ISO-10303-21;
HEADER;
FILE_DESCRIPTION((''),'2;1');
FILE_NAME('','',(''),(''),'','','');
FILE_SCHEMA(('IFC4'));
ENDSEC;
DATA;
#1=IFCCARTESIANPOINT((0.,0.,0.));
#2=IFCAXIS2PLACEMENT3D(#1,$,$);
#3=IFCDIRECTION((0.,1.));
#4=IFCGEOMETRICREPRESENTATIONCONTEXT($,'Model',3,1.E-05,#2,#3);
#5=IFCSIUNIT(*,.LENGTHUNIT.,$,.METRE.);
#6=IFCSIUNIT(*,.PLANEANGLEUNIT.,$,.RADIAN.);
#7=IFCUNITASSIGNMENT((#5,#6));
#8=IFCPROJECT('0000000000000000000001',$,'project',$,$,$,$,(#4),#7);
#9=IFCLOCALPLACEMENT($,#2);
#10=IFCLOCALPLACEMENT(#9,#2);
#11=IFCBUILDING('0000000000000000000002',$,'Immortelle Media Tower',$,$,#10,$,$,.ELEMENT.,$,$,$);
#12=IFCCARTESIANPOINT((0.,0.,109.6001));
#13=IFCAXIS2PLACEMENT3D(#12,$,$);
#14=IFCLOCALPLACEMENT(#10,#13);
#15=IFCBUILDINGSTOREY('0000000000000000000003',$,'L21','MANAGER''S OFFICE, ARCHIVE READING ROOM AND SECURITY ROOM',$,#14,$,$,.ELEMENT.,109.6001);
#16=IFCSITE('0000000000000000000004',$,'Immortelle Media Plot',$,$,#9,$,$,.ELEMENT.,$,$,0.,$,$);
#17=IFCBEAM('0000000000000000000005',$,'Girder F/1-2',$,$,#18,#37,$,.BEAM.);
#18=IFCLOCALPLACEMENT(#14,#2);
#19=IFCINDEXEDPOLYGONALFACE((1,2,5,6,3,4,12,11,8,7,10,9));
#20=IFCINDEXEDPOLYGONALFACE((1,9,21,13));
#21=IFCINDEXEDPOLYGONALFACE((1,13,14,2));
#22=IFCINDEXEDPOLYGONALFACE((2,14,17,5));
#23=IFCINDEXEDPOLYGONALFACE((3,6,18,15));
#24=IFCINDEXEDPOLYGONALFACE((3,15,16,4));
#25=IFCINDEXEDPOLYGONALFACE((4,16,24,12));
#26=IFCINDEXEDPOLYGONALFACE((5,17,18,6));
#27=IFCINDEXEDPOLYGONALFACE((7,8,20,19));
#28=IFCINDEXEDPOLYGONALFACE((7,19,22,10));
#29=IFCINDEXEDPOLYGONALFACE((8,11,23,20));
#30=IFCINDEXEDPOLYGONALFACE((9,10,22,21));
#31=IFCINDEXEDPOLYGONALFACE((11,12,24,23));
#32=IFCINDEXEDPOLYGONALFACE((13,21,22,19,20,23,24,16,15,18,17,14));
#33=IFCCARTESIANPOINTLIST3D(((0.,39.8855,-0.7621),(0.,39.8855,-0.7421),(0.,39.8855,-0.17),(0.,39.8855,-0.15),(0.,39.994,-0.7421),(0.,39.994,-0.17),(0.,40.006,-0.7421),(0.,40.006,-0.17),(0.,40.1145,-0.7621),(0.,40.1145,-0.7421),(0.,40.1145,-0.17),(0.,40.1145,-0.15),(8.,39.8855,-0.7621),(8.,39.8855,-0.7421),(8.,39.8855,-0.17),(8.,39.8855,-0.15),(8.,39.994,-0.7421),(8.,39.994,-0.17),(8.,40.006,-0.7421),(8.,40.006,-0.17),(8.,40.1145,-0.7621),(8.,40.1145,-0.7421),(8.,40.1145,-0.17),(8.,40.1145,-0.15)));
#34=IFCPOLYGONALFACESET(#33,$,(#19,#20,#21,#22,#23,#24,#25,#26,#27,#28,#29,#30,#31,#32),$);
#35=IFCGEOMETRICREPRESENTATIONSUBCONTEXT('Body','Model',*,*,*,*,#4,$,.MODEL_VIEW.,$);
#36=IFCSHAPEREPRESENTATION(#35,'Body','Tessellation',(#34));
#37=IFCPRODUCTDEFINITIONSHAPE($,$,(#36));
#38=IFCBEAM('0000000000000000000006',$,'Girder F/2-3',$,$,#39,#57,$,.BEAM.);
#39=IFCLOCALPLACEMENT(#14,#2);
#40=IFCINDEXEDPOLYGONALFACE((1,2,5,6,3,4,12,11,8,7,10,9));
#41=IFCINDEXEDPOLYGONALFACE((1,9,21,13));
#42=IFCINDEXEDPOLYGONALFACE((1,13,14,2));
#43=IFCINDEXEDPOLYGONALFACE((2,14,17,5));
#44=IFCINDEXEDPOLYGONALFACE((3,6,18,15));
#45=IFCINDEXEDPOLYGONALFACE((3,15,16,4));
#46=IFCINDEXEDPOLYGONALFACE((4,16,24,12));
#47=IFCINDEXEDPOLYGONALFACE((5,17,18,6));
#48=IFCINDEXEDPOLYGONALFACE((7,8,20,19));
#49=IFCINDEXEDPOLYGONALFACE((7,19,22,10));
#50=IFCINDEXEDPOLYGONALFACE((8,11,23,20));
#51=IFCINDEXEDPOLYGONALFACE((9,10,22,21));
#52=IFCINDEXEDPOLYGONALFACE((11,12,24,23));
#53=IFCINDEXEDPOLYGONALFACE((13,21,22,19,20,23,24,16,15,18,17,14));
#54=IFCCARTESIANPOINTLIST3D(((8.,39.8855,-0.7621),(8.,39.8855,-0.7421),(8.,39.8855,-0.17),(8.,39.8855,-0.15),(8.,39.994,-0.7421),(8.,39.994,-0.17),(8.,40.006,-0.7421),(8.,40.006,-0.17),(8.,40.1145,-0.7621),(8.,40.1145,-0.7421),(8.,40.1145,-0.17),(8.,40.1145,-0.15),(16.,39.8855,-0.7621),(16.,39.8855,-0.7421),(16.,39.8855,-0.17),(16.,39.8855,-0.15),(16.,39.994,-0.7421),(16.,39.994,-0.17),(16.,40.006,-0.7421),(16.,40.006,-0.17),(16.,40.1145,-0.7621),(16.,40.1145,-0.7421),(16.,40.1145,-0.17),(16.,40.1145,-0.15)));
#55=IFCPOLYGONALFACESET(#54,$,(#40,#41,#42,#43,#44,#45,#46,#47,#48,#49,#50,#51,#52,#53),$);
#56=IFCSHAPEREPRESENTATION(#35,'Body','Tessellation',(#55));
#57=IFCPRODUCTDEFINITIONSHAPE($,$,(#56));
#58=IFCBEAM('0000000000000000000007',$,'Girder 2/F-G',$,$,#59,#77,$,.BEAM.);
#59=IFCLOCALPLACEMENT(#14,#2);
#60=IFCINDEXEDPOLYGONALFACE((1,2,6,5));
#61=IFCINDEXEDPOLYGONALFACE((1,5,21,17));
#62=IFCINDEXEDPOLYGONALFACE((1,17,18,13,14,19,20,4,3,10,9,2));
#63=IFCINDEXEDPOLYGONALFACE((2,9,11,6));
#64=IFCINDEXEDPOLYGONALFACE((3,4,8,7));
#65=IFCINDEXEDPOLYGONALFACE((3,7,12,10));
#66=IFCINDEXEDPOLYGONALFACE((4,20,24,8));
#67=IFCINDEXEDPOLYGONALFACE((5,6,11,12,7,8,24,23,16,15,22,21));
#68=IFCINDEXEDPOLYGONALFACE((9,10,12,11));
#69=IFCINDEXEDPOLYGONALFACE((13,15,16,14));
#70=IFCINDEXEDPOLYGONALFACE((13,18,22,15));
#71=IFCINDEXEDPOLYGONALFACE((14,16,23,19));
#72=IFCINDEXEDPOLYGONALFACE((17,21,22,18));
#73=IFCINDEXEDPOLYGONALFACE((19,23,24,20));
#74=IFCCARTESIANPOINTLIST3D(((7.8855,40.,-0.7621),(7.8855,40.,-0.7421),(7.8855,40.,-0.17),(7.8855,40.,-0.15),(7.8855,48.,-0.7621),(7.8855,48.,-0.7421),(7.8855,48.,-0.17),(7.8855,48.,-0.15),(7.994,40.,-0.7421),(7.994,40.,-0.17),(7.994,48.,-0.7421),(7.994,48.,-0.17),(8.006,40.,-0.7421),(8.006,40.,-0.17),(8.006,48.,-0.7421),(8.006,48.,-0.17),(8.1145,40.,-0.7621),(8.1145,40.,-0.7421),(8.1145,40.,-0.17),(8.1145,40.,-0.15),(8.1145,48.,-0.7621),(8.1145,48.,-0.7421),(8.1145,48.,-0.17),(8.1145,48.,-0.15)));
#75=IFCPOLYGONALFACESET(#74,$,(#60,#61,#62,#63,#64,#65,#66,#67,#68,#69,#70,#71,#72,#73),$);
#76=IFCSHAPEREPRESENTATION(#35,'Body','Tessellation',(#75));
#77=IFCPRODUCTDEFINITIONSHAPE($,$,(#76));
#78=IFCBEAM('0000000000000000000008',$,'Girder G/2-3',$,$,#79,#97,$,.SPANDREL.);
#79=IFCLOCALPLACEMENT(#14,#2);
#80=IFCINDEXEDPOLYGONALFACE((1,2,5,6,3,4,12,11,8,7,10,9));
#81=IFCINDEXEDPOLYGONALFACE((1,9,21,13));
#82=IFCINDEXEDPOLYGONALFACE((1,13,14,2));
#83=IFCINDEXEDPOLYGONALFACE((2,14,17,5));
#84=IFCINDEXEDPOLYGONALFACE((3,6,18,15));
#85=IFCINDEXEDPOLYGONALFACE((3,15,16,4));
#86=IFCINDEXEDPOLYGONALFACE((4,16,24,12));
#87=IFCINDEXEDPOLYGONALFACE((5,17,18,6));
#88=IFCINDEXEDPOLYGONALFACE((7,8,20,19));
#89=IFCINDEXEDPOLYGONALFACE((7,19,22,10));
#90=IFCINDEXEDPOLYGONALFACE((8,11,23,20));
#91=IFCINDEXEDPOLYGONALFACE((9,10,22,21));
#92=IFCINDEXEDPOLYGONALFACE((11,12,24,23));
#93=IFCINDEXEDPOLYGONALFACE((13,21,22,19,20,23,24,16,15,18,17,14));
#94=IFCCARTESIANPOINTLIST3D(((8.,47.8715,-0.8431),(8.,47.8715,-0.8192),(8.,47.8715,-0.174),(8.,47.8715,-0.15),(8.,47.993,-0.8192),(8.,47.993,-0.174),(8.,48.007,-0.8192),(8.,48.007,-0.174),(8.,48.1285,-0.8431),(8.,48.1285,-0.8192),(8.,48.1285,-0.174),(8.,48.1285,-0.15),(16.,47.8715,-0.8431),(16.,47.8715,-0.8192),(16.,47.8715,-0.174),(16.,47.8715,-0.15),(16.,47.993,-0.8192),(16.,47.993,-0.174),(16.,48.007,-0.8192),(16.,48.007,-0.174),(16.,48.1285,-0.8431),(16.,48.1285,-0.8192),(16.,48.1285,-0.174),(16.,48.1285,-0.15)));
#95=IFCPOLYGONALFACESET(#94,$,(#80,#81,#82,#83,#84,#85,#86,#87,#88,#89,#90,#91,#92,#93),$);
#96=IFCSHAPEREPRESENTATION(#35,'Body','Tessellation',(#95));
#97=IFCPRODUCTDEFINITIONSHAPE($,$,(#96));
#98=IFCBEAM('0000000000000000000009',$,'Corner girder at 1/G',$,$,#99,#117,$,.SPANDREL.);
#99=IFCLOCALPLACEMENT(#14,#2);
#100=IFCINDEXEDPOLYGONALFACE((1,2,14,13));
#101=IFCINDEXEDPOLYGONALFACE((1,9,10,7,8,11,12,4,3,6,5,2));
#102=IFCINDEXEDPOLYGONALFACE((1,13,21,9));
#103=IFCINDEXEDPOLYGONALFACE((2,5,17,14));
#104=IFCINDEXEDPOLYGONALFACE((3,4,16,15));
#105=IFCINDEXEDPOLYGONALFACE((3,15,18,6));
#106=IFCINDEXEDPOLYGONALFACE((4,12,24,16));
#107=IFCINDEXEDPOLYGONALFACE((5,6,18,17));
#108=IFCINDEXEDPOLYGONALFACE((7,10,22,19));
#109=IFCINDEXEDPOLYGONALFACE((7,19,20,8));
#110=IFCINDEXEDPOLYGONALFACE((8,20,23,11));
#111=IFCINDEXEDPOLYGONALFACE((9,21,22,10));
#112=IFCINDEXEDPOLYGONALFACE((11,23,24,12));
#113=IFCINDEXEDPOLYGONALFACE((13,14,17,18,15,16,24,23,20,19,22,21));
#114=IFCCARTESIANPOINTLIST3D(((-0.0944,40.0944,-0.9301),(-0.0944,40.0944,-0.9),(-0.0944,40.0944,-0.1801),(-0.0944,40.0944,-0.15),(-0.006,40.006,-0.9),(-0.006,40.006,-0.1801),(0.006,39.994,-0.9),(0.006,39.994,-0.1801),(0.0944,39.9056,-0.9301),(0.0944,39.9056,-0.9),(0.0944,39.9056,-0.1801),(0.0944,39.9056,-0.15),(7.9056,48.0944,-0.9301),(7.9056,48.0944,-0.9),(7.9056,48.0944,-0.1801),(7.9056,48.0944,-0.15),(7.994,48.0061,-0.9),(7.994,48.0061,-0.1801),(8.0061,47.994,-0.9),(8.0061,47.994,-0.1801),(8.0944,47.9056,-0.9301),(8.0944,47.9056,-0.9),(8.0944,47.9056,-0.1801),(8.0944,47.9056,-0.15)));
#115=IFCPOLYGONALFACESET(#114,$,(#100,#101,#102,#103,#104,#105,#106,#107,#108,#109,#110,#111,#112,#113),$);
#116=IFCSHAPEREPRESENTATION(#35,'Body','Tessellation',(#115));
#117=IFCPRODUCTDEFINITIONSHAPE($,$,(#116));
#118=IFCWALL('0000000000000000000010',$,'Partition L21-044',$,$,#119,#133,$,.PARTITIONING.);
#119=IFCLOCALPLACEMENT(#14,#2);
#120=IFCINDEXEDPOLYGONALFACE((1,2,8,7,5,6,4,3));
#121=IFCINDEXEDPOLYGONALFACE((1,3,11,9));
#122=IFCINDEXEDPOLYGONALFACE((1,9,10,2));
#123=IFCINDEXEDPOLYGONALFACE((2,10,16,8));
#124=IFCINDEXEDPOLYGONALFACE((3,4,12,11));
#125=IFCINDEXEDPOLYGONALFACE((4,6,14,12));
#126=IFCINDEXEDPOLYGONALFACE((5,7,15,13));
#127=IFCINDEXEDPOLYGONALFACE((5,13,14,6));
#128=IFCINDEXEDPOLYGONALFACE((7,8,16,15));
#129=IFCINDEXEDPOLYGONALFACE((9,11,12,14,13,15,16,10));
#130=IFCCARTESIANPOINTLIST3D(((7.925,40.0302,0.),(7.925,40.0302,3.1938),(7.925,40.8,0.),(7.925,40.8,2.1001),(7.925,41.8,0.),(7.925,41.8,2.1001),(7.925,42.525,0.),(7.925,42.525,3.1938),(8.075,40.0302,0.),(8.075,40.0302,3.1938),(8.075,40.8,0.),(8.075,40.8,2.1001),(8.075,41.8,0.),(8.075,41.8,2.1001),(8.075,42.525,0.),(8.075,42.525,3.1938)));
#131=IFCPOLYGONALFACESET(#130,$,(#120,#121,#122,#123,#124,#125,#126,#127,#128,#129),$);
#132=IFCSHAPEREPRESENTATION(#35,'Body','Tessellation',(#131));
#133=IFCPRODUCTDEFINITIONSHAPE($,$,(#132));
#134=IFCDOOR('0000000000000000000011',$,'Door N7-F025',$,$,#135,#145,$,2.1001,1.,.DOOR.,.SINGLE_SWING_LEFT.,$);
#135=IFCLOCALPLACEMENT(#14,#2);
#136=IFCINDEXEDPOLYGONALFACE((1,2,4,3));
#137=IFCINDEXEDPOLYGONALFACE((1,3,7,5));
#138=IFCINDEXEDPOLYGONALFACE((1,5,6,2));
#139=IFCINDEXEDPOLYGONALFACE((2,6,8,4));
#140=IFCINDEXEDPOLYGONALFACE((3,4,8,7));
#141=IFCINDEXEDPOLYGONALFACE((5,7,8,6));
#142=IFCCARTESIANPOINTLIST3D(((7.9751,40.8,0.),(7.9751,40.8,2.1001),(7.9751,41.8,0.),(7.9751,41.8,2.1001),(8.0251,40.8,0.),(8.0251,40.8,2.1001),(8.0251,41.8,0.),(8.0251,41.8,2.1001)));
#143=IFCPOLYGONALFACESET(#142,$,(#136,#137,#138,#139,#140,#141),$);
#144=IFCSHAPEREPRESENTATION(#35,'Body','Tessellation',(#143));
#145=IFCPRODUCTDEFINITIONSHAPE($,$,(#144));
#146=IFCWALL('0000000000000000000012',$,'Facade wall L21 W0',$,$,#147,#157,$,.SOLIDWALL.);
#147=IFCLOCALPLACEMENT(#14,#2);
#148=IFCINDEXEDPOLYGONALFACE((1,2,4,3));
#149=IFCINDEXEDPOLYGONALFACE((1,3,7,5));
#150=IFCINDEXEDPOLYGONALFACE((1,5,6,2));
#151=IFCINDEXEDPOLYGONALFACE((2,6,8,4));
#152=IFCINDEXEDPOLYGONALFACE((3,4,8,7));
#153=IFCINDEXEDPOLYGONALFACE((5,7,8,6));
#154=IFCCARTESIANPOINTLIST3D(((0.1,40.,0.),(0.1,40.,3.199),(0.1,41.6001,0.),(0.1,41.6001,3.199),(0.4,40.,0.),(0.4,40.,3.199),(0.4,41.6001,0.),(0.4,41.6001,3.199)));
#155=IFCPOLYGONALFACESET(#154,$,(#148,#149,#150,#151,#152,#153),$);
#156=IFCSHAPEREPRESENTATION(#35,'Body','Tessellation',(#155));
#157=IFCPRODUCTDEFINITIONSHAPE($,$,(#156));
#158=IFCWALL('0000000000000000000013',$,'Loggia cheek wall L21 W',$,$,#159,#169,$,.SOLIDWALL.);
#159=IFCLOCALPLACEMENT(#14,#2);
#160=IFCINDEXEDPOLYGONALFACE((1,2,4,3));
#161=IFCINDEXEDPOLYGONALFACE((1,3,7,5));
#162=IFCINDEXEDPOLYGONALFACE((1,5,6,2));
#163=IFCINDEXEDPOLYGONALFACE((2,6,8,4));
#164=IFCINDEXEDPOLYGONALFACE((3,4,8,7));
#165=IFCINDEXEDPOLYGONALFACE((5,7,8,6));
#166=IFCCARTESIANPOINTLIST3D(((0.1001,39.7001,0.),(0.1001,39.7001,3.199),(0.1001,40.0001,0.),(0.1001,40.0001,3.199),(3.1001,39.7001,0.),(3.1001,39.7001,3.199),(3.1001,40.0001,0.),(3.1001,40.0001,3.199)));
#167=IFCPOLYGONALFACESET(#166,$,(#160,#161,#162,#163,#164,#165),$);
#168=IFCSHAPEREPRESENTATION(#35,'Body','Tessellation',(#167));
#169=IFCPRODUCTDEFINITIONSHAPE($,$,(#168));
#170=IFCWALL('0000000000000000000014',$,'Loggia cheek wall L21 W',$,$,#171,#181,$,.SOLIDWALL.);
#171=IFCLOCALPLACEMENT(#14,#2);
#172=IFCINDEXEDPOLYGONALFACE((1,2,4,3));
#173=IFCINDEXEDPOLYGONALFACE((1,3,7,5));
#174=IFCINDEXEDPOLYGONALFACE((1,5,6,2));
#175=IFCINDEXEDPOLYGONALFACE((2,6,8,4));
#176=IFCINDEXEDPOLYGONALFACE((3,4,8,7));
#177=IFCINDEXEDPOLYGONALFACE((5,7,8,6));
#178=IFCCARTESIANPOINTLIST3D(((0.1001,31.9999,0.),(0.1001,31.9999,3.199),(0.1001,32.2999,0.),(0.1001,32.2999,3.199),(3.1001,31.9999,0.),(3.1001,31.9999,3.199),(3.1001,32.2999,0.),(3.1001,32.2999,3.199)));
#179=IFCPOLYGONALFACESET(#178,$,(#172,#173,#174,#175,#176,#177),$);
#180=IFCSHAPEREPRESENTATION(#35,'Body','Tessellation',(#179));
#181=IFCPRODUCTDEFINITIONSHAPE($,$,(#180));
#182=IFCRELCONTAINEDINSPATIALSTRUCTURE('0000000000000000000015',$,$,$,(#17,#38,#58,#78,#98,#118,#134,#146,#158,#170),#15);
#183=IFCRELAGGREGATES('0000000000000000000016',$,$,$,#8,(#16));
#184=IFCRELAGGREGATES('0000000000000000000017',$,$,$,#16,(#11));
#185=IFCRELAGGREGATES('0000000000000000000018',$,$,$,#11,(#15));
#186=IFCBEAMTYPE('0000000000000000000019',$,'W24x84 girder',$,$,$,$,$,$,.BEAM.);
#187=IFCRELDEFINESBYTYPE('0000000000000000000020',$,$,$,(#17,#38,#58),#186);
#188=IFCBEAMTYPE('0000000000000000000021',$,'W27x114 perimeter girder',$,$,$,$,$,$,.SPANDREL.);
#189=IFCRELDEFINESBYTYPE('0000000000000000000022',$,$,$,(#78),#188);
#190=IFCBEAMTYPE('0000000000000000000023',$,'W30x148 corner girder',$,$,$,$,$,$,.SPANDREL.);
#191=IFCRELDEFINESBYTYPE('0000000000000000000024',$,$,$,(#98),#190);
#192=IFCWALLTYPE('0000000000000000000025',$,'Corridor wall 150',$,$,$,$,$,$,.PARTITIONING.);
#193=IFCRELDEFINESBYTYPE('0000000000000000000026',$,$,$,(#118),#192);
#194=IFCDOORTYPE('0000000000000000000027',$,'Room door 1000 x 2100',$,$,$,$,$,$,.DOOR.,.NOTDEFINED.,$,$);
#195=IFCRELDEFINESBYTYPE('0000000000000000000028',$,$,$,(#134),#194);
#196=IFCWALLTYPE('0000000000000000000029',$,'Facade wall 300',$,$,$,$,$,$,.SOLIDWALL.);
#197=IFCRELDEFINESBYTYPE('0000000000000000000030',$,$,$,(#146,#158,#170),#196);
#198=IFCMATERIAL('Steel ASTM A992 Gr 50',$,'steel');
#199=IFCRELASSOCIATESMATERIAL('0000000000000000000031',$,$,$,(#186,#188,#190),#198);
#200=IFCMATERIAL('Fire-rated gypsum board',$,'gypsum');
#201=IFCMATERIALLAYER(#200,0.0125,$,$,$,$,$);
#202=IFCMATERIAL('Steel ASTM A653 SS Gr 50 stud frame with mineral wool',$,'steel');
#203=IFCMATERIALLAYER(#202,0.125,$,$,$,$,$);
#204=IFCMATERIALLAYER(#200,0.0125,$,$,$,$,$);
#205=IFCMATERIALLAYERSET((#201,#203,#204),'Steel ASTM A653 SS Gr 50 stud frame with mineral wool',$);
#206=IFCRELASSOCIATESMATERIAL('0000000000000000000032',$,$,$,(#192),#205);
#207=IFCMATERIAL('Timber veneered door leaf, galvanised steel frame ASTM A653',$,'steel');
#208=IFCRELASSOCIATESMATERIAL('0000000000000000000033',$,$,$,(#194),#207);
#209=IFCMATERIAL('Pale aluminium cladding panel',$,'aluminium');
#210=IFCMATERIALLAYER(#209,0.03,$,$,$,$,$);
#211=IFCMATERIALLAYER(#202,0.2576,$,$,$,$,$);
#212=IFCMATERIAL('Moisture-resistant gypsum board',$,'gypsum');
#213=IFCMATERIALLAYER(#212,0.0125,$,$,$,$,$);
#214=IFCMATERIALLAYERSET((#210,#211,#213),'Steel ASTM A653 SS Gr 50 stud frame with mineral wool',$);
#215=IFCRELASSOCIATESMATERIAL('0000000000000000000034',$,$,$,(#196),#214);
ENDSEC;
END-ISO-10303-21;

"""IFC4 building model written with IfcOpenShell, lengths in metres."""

from ifc_helpers import new_model, si_unit, direction, frame, frame_2d, origin, origin_2d, place, context, subcontext, project, spatial, rectangle, i_section, extrude, material, layer, layer_set, material_profile, profile_set, type_object, element, fill, save


model = new_model("IFC4")

# Units and contexts
model_context = context("Model", 3, precision=1e-05, world=origin(), true_north=direction((0.0, 1.0)))
body_context = subcontext(model_context, "Body", "Model", "MODEL_VIEW")
ifc_project = project(units=[si_unit("LENGTHUNIT", "METRE"), si_unit("PLANEANGLEUNIT", "RADIAN")], contexts=[model_context])

# Site, building, storey
site_placement = place(None, origin())
site = spatial("IfcSite", under=ifc_project, at=site_placement, Name="Immortelle Media Plot", CompositionType="ELEMENT", RefElevation=0.0)
building_placement = place(site_placement, origin())
building = spatial("IfcBuilding", under=site, at=building_placement, Name="Immortelle Media Tower", CompositionType="ELEMENT")
storey_placement = place(building_placement, frame((0.0, 0.0, 109.6001)))
storey = spatial("IfcBuildingStorey", under=building, at=storey_placement, Name="L21", Description="MANAGER'S OFFICE, ARCHIVE READING ROOM AND SECURITY ROOM", CompositionType="ELEMENT", Elevation=109.6001)

# Shared definitions
ifc_material_1 = material(Name="Steel ASTM A992 Gr 50", Category="steel")

# Beams
ifc_material_profile_1 = material_profile(ifc_material_1, i_section(OverallWidth=0.229, OverallDepth=0.6121, WebThickness=0.012, FlangeThickness=0.02, at=origin_2d()), Name="W24x84")
ifc_profile_set_1 = profile_set([ifc_material_profile_1], Name="Steel ASTM A992 Gr 50")
beam_type_1 = type_object("IfcBeamType", Name="W24x84 girder", PredefinedType="BEAM", material=ifc_profile_set_1)
for number, where, z_axis, x_axis, name in (
    (1, (0.0, 40.0, -0.4561), (1.0, 0.0, 0.0), (0.0, 1.0, 0.0), "Girder F/1-2"),
    (2, (8.0, 40.0, -0.4561), (1.0, 0.0, 0.0), (0.0, 1.0, 0.0), "Girder F/2-3"),
    (3, (8.0, 40.0, -0.4561), (0.0, 1.0, 0.0), (-1.0, 0.0, 0.0), "Girder 2/F-G"),
):
    element("IfcBeam", number, at=place(storey_placement, frame(where, z_axis=z_axis, x_axis=x_axis)), inside=storey, type_object=beam_type_1, Name=name, PredefinedType="BEAM", context=body_context, shape_type="SweptSolid", body=[
        extrude(i_section(OverallWidth=0.229, OverallDepth=0.6121, WebThickness=0.012, FlangeThickness=0.02, at=origin_2d()), origin(), (0.0, 0.0, 1.0), 8.0),
    ])
ifc_material_profile_2 = material_profile(ifc_material_1, i_section(OverallWidth=0.2571, OverallDepth=0.6931, WebThickness=0.0139, FlangeThickness=0.0239, at=origin_2d()), Name="W27x114")
ifc_profile_set_2 = profile_set([ifc_material_profile_2], Name="Steel ASTM A992 Gr 50")
beam_type_2 = type_object("IfcBeamType", Name="W27x114 perimeter girder", PredefinedType="SPANDREL", material=ifc_profile_set_2)
beam_1_placement = place(storey_placement, frame((8.0, 48.0, -0.4966), z_axis=(1.0, 0.0, 0.0), x_axis=(0.0, 1.0, 0.0)))
element("IfcBeam", 4, at=beam_1_placement, inside=storey, type_object=beam_type_2, Name="Girder G/2-3", PredefinedType="SPANDREL", context=body_context, shape_type="SweptSolid", body=[
    extrude(i_section(OverallWidth=0.2571, OverallDepth=0.6931, WebThickness=0.0139, FlangeThickness=0.0239, at=origin_2d()), origin(), (0.0, 0.0, 1.0), 8.0),
])
ifc_material_profile_3 = material_profile(ifc_material_1, i_section(OverallWidth=0.2671, OverallDepth=0.78, WebThickness=0.0171, FlangeThickness=0.03, at=origin_2d()), Name="W30x148")
ifc_profile_set_3 = profile_set([ifc_material_profile_3], Name="Steel ASTM A992 Gr 50")
beam_type_3 = type_object("IfcBeamType", Name="W30x148 corner girder", PredefinedType="SPANDREL", material=ifc_profile_set_3)
beam_2_placement = place(storey_placement, frame((0.0, 40.0, -0.54), z_axis=(0.707107, 0.707107, 0.0), x_axis=(-0.707107, 0.707107, 0.0)))
element("IfcBeam", 5, at=beam_2_placement, inside=storey, type_object=beam_type_3, Name="Corner girder at 1/G", PredefinedType="SPANDREL", context=body_context, shape_type="SweptSolid", body=[
    extrude(i_section(OverallWidth=0.2671, OverallDepth=0.78, WebThickness=0.0171, FlangeThickness=0.03, at=origin_2d()), origin(), (0.0, 0.0, 1.0), 11.3137),
])

# Wall, opening, door
ifc_material_2 = material(Name="Fire-rated gypsum board", Category="gypsum")
ifc_layer_1 = layer(ifc_material_2, 0.0125)
ifc_material_3 = material(Name="Steel ASTM A653 SS Gr 50 stud frame with mineral wool", Category="steel")
ifc_layer_2 = layer(ifc_material_3, 0.125)
ifc_layer_3 = layer(ifc_material_2, 0.0125)
ifc_layer_set_1 = layer_set([ifc_layer_1, ifc_layer_2, ifc_layer_3], Name="Steel ASTM A653 SS Gr 50 stud frame with mineral wool")
wall_type_1 = type_object("IfcWallType", Name="Corridor wall 150", PredefinedType="PARTITIONING", material=ifc_layer_set_1)
wall_1_placement = place(storey_placement, frame((8.0, 40.03, 0.0), z_axis=(0.0, 0.0, 1.0), x_axis=(0.0, 1.0, 0.0)))
wall_1 = element("IfcWall", 6, at=wall_1_placement, inside=storey, type_object=wall_type_1, Name="Partition L21-044", PredefinedType="PARTITIONING", context=body_context, shape_type="SweptSolid", body=[
    extrude(rectangle(XDim=2.4949, YDim=0.1499, at=frame_2d((1.2476, 0.0))), origin(), (0.0, 0.0, 1.0), 3.1938),
])
opening_1_placement = place(wall_1_placement, frame((0.77, 0.0, 0.0)))
opening_1 = element("IfcOpeningElement", 7, at=opening_1_placement, cuts=wall_1, PredefinedType="OPENING", context=body_context, shape_type="SweptSolid", body=[
    extrude(rectangle(XDim=1.0, YDim=2.1001, at=frame_2d((0.5, 1.05))), frame((0.0, 0.085, 0.0), z_axis=(0.0, -1.0, 0.0), x_axis=(1.0, 0.0, 0.0)), (0.0, 0.0, 1.0), 0.1699),
])
ifc_material_4 = material(Name="Timber veneered door leaf, galvanised steel frame ASTM A653", Category="steel")
door_type_1 = type_object("IfcDoorType", Name="Room door 1000 x 2100", OperationType="NOTDEFINED", PredefinedType="DOOR", material=ifc_material_4)
door_1_placement = place(opening_1_placement, origin())
door_1 = element("IfcDoor", 8, at=door_1_placement, inside=storey, type_object=door_type_1, Name="Door N7-F025", OperationType="SINGLE_SWING_LEFT", OverallHeight=2.1001, OverallWidth=1.0, PredefinedType="DOOR", context=body_context, shape_type="SweptSolid", body=[
    extrude(rectangle(XDim=1.0, YDim=2.1001, at=frame_2d((0.5, 1.05))), frame((0.0, 0.0249, 0.0), z_axis=(0.0, -1.0, 0.0), x_axis=(1.0, 0.0, 0.0)), (0.0, 0.0, 1.0), 0.05),
])
fill(opening_1, door_1)

# Wall
ifc_material_5 = material(Name="Pale aluminium cladding panel", Category="aluminium")
ifc_layer_4 = layer(ifc_material_5, 0.03)
ifc_layer_5 = layer(ifc_material_3, 0.2576)
ifc_material_6 = material(Name="Moisture-resistant gypsum board", Category="gypsum")
ifc_layer_6 = layer(ifc_material_6, 0.0125)
ifc_layer_set_2 = layer_set([ifc_layer_4, ifc_layer_5, ifc_layer_6], Name="Steel ASTM A653 SS Gr 50 stud frame with mineral wool")
wall_type_2 = type_object("IfcWallType", Name="Facade wall 300", PredefinedType="SOLIDWALL", material=ifc_layer_set_2)
wall_2_placement = place(storey_placement, frame((0.25, 41.6001, 0.0), z_axis=(0.0, 0.0, 1.0), x_axis=(0.0, -1.0, 0.0)))
element("IfcWall", 9, at=wall_2_placement, inside=storey, type_object=wall_type_2, Name="Facade wall L21 W0", PredefinedType="SOLIDWALL", context=body_context, shape_type="SweptSolid", body=[
    extrude(rectangle(XDim=1.6001, YDim=0.3, at=frame_2d((0.8, 0.0))), origin(), (0.0, 0.0, 1.0), 3.199),
])

# Walls
for number, where, z_axis, x_axis, name in (
    (10, (0.1001, 39.8501, 0.0), (0.0, 0.0, 1.0), (1.0, 0.0, 0.0), "Loggia cheek wall L21 W"),
    (11, (0.1001, 32.1499, 0.0), (0.0, 0.0, 1.0), (1.0, 0.0, 0.0), "Loggia cheek wall L21 W"),
):
    element("IfcWall", number, at=place(storey_placement, frame(where, z_axis=z_axis, x_axis=x_axis)), inside=storey, type_object=wall_type_2, Name=name, PredefinedType="SOLIDWALL", context=body_context, shape_type="SweptSolid", body=[
        extrude(rectangle(XDim=3.0, YDim=0.3, at=frame_2d((1.5, 0.0))), origin(), (0.0, 0.0, 1.0), 3.199),
    ])

save(model, "model.ifc")
